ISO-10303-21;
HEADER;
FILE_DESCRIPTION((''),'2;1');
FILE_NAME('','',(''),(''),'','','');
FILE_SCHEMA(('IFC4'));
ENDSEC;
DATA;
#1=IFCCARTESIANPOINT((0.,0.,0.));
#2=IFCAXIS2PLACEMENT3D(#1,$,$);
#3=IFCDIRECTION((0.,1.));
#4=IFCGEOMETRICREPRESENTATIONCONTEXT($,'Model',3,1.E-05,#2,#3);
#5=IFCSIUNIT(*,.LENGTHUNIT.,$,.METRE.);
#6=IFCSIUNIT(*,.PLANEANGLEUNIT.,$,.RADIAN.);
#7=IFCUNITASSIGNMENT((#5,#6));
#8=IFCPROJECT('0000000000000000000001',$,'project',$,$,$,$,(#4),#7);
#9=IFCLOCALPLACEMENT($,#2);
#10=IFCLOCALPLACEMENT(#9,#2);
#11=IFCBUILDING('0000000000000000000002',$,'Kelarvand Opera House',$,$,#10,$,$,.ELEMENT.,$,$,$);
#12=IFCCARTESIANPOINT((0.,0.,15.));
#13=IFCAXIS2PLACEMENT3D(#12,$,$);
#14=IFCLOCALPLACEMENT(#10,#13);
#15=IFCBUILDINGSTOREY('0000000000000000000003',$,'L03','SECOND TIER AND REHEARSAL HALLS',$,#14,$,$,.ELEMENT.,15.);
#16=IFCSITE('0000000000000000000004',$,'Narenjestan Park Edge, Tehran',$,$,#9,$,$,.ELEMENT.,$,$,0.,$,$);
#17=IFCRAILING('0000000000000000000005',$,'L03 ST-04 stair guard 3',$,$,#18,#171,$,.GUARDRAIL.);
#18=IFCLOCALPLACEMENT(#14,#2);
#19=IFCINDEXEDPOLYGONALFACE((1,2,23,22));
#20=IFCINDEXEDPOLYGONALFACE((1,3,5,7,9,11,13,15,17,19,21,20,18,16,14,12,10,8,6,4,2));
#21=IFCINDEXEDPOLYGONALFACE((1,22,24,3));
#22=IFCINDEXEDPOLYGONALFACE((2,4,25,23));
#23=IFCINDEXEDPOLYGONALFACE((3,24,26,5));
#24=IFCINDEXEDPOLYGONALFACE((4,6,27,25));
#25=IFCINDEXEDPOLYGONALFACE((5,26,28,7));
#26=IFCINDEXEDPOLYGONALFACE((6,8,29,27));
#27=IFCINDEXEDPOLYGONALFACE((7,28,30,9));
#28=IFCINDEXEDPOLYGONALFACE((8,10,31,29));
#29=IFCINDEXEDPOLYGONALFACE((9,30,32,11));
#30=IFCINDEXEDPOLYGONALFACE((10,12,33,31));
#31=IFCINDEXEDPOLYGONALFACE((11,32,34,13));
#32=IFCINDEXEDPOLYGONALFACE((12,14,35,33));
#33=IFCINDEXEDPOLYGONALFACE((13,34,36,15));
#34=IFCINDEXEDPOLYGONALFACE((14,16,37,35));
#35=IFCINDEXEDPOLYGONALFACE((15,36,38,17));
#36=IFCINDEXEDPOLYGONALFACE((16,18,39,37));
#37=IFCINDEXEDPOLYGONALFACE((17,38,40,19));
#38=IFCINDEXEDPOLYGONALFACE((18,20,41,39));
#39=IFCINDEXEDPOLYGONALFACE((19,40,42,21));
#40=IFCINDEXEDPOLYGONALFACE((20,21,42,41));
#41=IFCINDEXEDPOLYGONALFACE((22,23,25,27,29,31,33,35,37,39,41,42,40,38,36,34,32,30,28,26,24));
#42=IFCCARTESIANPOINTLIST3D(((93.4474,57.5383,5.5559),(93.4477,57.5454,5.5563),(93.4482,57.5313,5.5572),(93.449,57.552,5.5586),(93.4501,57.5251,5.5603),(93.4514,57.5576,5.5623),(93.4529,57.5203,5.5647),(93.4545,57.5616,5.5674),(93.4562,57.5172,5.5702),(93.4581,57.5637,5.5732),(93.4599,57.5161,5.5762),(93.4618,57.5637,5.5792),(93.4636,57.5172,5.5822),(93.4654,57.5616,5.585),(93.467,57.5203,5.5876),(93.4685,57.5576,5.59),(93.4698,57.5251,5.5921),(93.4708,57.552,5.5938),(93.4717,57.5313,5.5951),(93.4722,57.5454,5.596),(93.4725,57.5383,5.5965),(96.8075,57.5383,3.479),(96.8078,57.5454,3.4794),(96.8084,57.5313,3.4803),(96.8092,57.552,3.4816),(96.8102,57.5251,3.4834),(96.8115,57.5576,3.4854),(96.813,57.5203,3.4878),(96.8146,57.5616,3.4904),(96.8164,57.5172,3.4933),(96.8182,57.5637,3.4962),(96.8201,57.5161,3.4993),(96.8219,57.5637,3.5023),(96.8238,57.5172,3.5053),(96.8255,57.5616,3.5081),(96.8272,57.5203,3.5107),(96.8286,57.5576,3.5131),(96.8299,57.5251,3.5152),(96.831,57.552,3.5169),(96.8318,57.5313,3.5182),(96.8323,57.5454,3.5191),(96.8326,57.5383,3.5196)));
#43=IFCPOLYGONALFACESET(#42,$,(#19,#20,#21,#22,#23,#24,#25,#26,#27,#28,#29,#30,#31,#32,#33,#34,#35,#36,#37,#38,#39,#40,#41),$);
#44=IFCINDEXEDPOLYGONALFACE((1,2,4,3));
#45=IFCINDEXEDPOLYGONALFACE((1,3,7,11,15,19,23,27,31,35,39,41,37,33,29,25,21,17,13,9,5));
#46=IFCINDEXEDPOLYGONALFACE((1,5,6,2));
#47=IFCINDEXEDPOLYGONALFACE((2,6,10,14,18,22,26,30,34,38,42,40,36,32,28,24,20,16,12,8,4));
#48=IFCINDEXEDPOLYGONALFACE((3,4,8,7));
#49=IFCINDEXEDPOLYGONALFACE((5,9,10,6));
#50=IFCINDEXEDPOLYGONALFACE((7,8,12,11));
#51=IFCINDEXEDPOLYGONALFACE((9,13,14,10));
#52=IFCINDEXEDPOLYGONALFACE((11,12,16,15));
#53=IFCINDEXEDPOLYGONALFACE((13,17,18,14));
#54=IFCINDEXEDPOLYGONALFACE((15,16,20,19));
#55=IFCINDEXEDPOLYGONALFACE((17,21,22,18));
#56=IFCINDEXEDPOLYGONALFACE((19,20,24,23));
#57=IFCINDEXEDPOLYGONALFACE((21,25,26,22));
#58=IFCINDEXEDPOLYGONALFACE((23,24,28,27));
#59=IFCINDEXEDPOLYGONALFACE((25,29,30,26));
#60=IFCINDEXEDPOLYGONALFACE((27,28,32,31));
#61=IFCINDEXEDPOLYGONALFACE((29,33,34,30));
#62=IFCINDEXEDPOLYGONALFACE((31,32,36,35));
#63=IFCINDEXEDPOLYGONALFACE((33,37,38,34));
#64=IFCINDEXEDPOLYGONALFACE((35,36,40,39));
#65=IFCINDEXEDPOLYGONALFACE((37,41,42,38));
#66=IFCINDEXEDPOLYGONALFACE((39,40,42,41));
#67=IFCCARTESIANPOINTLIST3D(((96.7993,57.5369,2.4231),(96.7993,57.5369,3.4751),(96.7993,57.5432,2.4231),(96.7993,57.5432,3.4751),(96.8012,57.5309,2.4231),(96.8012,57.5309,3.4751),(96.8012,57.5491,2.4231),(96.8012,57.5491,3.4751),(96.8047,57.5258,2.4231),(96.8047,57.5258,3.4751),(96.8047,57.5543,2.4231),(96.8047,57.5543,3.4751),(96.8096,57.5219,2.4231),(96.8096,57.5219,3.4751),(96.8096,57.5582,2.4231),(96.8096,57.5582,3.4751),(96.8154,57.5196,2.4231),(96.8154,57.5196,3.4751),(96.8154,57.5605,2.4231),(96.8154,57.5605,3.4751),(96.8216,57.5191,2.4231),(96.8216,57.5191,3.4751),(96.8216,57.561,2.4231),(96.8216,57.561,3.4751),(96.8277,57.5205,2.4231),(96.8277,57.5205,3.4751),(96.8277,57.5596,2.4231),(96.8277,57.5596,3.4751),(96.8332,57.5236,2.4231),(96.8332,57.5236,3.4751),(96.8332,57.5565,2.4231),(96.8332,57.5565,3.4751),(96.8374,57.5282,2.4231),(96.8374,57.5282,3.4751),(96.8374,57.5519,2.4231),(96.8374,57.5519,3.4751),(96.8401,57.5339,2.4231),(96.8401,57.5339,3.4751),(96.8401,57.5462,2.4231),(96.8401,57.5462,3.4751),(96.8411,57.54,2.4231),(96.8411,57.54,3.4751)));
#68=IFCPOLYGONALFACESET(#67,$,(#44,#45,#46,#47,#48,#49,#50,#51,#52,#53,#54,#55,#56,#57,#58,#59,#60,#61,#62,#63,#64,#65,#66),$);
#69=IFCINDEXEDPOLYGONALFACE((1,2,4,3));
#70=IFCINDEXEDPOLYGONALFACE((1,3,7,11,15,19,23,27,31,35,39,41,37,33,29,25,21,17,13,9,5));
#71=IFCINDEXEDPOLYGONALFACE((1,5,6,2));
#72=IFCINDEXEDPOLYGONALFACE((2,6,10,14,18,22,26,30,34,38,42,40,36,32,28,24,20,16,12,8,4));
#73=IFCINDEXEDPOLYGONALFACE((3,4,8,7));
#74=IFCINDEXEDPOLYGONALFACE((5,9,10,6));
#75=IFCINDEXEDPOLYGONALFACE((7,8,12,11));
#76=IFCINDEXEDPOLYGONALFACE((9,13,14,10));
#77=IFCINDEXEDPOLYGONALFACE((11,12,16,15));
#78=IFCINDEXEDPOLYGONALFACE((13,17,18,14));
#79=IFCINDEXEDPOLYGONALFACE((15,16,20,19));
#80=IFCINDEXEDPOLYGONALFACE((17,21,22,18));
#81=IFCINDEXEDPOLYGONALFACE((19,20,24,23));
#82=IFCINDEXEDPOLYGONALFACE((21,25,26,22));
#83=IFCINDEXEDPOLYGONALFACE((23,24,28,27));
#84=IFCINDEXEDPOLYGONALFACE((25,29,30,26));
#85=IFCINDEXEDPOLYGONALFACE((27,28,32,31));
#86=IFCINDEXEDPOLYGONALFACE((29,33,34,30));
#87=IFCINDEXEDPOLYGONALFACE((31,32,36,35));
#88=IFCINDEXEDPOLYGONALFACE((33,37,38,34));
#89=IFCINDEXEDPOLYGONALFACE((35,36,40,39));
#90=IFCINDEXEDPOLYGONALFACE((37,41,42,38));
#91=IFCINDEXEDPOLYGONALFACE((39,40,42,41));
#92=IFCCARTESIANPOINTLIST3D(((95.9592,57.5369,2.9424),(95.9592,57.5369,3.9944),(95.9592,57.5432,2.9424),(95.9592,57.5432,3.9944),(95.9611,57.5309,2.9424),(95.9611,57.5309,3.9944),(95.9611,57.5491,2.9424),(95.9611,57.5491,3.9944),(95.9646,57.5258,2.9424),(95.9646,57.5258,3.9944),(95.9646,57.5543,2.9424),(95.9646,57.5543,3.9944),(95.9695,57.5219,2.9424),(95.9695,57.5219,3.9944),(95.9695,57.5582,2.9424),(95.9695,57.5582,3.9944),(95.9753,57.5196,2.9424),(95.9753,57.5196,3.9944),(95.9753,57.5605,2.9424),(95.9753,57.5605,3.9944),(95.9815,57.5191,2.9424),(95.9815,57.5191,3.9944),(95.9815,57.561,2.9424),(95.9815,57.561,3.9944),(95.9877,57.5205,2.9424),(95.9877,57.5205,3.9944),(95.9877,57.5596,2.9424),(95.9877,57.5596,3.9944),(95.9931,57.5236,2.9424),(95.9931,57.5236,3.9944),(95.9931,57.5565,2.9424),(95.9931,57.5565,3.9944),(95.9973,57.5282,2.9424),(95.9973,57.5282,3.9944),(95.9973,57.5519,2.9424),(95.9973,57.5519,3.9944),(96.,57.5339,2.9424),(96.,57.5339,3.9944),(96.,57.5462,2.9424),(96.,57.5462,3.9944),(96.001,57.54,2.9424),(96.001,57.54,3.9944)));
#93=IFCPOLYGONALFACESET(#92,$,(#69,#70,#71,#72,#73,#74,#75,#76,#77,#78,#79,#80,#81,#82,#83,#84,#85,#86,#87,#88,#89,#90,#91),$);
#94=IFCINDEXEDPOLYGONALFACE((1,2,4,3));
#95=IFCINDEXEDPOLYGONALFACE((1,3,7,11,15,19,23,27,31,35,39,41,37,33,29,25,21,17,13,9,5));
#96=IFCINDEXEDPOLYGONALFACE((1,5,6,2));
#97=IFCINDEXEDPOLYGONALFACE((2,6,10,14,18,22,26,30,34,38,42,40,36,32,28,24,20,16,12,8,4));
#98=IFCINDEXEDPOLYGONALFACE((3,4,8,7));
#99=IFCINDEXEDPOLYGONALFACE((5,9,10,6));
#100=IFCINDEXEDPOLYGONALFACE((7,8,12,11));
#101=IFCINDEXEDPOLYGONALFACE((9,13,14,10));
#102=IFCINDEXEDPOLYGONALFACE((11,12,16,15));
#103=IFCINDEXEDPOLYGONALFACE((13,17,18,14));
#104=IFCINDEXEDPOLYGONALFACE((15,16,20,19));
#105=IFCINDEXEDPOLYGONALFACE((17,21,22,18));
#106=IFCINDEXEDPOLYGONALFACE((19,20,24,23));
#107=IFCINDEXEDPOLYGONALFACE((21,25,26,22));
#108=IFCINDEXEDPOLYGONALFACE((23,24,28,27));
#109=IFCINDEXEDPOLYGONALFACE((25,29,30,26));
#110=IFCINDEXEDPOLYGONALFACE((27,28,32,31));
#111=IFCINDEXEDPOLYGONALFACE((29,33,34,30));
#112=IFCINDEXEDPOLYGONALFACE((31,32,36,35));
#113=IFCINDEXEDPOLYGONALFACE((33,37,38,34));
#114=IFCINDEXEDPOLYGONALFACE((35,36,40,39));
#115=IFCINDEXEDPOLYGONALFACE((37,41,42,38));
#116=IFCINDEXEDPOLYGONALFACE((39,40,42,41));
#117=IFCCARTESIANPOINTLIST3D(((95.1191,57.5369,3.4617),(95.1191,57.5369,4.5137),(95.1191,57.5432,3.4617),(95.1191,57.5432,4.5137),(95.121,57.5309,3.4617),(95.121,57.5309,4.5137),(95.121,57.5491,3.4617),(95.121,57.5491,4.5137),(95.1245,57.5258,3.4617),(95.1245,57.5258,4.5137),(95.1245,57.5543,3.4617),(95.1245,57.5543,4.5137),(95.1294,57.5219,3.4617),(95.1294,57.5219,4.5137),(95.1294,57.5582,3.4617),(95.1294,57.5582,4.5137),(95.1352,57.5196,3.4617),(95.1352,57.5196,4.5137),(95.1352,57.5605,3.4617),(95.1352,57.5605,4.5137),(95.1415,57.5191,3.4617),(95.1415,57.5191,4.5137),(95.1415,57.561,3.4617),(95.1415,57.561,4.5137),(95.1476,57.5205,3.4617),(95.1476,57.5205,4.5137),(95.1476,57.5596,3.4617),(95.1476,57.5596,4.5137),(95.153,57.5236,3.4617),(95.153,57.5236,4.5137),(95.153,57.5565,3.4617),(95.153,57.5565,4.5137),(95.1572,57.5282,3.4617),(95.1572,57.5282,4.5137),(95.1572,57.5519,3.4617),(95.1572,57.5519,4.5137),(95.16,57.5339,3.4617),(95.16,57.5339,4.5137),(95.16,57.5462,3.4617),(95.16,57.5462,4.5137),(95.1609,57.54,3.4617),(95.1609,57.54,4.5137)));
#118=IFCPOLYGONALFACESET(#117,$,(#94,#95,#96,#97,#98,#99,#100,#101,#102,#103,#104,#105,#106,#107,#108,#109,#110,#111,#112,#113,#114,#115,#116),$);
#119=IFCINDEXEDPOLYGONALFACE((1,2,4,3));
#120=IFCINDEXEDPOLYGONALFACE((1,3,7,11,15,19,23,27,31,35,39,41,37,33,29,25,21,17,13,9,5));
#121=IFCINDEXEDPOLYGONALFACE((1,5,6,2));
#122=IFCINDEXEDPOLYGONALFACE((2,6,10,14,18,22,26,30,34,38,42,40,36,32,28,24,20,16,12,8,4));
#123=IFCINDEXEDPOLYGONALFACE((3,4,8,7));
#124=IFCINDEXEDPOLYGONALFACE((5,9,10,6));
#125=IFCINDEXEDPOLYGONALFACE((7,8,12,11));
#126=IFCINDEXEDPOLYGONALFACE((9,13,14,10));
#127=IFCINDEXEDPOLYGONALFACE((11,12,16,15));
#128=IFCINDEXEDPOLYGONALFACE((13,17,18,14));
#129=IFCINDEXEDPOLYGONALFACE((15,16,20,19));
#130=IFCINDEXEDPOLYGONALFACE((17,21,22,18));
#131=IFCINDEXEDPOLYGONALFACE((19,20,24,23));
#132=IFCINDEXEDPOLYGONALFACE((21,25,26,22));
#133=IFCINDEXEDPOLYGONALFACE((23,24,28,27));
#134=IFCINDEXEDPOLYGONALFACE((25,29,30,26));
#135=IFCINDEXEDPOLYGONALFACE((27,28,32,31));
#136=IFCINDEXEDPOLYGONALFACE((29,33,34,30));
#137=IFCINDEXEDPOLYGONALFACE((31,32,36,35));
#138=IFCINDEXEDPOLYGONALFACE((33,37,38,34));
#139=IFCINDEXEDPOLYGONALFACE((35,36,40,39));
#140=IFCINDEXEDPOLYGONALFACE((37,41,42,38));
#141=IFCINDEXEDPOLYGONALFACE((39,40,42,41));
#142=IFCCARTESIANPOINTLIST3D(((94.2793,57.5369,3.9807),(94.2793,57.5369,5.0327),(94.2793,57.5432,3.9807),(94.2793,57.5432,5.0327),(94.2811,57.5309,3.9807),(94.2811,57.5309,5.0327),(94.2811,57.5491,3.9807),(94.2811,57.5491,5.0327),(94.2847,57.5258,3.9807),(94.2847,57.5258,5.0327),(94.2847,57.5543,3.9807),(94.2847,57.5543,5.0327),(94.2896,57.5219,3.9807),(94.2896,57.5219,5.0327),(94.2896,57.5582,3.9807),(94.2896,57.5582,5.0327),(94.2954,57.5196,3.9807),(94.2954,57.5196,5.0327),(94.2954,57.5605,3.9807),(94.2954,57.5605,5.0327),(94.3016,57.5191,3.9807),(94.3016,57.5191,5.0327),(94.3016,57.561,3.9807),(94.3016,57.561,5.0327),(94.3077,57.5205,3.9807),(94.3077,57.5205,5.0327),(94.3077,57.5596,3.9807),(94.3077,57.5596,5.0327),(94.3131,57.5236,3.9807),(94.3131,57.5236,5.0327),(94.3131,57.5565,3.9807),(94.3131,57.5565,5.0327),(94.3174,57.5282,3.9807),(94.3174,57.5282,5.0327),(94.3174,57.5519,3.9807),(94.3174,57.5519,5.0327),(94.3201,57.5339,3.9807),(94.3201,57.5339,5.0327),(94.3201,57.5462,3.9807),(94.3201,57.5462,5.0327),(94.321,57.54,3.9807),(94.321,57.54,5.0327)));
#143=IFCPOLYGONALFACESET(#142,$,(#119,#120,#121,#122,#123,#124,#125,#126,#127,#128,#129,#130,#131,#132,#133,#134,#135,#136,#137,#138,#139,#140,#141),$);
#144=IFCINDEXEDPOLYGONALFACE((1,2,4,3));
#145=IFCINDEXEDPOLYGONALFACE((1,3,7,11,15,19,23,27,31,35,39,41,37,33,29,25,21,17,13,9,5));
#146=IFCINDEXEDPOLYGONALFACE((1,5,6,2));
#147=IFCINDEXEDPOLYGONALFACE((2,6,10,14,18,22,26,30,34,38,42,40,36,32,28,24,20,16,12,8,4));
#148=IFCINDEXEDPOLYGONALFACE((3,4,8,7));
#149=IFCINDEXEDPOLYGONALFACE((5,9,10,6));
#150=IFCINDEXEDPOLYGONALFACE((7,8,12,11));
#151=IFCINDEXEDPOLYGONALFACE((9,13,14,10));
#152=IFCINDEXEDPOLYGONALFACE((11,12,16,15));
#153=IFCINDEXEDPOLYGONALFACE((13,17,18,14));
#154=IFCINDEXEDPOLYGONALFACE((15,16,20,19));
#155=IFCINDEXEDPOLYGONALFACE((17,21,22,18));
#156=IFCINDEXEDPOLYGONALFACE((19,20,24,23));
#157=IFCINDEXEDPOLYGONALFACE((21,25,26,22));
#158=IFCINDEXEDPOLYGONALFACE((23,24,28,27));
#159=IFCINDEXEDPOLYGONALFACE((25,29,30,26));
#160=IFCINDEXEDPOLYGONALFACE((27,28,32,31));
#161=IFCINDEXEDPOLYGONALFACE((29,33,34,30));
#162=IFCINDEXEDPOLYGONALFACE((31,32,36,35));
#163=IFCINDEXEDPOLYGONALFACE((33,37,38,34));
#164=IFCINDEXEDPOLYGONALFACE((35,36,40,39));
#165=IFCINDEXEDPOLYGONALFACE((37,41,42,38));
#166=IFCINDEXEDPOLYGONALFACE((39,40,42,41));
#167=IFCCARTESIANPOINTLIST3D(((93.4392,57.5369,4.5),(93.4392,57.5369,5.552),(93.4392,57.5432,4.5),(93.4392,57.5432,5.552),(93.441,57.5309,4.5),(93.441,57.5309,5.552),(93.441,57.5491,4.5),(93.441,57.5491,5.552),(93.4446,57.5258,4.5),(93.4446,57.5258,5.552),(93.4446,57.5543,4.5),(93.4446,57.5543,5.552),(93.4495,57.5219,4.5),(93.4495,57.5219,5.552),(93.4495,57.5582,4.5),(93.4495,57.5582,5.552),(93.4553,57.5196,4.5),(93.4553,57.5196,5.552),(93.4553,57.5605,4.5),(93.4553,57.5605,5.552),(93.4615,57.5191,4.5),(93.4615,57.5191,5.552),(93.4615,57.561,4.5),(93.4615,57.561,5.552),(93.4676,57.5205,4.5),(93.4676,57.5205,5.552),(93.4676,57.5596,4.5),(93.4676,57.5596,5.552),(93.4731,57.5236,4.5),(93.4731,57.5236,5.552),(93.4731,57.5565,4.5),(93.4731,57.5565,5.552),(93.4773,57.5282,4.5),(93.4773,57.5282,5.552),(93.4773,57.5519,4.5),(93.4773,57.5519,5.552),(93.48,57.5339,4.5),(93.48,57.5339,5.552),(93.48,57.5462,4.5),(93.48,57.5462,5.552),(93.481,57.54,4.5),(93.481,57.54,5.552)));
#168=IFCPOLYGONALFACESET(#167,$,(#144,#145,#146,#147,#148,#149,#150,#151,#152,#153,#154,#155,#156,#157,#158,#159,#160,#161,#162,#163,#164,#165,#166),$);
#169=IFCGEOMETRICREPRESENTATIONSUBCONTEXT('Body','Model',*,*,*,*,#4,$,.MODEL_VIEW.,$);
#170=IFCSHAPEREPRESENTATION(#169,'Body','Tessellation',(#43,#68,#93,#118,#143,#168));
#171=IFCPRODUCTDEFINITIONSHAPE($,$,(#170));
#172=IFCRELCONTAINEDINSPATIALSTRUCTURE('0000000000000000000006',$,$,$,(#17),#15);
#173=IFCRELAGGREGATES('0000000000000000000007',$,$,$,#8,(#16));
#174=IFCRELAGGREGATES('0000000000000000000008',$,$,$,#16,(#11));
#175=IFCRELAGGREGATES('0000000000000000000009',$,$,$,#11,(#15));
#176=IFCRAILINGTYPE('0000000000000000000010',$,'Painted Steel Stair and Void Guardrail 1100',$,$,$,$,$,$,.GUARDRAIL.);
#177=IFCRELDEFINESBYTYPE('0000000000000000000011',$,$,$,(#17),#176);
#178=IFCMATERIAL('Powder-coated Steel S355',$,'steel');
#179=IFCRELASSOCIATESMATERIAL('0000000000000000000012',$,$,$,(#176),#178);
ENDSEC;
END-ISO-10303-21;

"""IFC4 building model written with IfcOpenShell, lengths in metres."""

from ifc_helpers import new_model, si_unit, direction, frame, origin, origin_2d, place, context, subcontext, project, spatial, circle, extrude, material, type_object, element, save


model = new_model("IFC4")

# Units and contexts
model_context = context("Model", 3, precision=1e-05, world=origin(), true_north=direction((0.0, 1.0)))
body_context = subcontext(model_context, "Body", "Model", "MODEL_VIEW")
ifc_project = project(units=[si_unit("LENGTHUNIT", "METRE"), si_unit("PLANEANGLEUNIT", "RADIAN")], contexts=[model_context])

# Site, building, storey
site_placement = place(None, origin())
site = spatial("IfcSite", under=ifc_project, at=site_placement, Name="Narenjestan Park Edge, Tehran", CompositionType="ELEMENT", RefElevation=0.0)
building_placement = place(site_placement, origin())
building = spatial("IfcBuilding", under=site, at=building_placement, Name="Kelarvand Opera House", CompositionType="ELEMENT")
storey_placement = place(building_placement, frame((0.0, 0.0, 15.0)))
storey = spatial("IfcBuildingStorey", under=building, at=storey_placement, Name="L03", Description="SECOND TIER AND REHEARSAL HALLS", CompositionType="ELEMENT", Elevation=15.0)

# Railing
ifc_material_1 = material(Name="Powder-coated Steel S355", Category="steel")
railing_type_1 = type_object("IfcRailingType", Name="Painted Steel Stair and Void Guardrail 1100", PredefinedType="GUARDRAIL", material=ifc_material_1)
railing_1_placement = place(storey_placement, frame((96.8201, 57.54, 2.4231)))
element("IfcRailing", 1, at=railing_1_placement, inside=storey, type_object=railing_type_1, Name="L03 ST-04 stair guard 3", PredefinedType="GUARDRAIL", context=body_context, shape_type="SweptSolid", body=[
    extrude(circle(Radius=0.0239, at=origin_2d()), frame((0.0, 0.0, 1.0762), z_axis=(-0.850623, 0.0, 0.525776), x_axis=(0.0, -1.0, 0.0)), (0.0, 0.0, 1.0), 3.9502),
    extrude(circle(Radius=0.021, at=origin_2d()), origin(), (0.0, 0.0, 1.0), 1.052),
    extrude(circle(Radius=0.021, at=origin_2d()), frame((-0.8401, 0.0, 0.5193)), (0.0, 0.0, 1.0), 1.052),
    extrude(circle(Radius=0.021, at=origin_2d()), frame((-1.6802, 0.0, 1.0386)), (0.0, 0.0, 1.0), 1.052),
    extrude(circle(Radius=0.021, at=origin_2d()), frame((-2.52, 0.0, 1.5576)), (0.0, 0.0, 1.0), 1.052),
    extrude(circle(Radius=0.021, at=origin_2d()), frame((-3.3601, 0.0, 2.0769)), (0.0, 0.0, 1.0), 1.052),
])

save(model, "model.ifc")
